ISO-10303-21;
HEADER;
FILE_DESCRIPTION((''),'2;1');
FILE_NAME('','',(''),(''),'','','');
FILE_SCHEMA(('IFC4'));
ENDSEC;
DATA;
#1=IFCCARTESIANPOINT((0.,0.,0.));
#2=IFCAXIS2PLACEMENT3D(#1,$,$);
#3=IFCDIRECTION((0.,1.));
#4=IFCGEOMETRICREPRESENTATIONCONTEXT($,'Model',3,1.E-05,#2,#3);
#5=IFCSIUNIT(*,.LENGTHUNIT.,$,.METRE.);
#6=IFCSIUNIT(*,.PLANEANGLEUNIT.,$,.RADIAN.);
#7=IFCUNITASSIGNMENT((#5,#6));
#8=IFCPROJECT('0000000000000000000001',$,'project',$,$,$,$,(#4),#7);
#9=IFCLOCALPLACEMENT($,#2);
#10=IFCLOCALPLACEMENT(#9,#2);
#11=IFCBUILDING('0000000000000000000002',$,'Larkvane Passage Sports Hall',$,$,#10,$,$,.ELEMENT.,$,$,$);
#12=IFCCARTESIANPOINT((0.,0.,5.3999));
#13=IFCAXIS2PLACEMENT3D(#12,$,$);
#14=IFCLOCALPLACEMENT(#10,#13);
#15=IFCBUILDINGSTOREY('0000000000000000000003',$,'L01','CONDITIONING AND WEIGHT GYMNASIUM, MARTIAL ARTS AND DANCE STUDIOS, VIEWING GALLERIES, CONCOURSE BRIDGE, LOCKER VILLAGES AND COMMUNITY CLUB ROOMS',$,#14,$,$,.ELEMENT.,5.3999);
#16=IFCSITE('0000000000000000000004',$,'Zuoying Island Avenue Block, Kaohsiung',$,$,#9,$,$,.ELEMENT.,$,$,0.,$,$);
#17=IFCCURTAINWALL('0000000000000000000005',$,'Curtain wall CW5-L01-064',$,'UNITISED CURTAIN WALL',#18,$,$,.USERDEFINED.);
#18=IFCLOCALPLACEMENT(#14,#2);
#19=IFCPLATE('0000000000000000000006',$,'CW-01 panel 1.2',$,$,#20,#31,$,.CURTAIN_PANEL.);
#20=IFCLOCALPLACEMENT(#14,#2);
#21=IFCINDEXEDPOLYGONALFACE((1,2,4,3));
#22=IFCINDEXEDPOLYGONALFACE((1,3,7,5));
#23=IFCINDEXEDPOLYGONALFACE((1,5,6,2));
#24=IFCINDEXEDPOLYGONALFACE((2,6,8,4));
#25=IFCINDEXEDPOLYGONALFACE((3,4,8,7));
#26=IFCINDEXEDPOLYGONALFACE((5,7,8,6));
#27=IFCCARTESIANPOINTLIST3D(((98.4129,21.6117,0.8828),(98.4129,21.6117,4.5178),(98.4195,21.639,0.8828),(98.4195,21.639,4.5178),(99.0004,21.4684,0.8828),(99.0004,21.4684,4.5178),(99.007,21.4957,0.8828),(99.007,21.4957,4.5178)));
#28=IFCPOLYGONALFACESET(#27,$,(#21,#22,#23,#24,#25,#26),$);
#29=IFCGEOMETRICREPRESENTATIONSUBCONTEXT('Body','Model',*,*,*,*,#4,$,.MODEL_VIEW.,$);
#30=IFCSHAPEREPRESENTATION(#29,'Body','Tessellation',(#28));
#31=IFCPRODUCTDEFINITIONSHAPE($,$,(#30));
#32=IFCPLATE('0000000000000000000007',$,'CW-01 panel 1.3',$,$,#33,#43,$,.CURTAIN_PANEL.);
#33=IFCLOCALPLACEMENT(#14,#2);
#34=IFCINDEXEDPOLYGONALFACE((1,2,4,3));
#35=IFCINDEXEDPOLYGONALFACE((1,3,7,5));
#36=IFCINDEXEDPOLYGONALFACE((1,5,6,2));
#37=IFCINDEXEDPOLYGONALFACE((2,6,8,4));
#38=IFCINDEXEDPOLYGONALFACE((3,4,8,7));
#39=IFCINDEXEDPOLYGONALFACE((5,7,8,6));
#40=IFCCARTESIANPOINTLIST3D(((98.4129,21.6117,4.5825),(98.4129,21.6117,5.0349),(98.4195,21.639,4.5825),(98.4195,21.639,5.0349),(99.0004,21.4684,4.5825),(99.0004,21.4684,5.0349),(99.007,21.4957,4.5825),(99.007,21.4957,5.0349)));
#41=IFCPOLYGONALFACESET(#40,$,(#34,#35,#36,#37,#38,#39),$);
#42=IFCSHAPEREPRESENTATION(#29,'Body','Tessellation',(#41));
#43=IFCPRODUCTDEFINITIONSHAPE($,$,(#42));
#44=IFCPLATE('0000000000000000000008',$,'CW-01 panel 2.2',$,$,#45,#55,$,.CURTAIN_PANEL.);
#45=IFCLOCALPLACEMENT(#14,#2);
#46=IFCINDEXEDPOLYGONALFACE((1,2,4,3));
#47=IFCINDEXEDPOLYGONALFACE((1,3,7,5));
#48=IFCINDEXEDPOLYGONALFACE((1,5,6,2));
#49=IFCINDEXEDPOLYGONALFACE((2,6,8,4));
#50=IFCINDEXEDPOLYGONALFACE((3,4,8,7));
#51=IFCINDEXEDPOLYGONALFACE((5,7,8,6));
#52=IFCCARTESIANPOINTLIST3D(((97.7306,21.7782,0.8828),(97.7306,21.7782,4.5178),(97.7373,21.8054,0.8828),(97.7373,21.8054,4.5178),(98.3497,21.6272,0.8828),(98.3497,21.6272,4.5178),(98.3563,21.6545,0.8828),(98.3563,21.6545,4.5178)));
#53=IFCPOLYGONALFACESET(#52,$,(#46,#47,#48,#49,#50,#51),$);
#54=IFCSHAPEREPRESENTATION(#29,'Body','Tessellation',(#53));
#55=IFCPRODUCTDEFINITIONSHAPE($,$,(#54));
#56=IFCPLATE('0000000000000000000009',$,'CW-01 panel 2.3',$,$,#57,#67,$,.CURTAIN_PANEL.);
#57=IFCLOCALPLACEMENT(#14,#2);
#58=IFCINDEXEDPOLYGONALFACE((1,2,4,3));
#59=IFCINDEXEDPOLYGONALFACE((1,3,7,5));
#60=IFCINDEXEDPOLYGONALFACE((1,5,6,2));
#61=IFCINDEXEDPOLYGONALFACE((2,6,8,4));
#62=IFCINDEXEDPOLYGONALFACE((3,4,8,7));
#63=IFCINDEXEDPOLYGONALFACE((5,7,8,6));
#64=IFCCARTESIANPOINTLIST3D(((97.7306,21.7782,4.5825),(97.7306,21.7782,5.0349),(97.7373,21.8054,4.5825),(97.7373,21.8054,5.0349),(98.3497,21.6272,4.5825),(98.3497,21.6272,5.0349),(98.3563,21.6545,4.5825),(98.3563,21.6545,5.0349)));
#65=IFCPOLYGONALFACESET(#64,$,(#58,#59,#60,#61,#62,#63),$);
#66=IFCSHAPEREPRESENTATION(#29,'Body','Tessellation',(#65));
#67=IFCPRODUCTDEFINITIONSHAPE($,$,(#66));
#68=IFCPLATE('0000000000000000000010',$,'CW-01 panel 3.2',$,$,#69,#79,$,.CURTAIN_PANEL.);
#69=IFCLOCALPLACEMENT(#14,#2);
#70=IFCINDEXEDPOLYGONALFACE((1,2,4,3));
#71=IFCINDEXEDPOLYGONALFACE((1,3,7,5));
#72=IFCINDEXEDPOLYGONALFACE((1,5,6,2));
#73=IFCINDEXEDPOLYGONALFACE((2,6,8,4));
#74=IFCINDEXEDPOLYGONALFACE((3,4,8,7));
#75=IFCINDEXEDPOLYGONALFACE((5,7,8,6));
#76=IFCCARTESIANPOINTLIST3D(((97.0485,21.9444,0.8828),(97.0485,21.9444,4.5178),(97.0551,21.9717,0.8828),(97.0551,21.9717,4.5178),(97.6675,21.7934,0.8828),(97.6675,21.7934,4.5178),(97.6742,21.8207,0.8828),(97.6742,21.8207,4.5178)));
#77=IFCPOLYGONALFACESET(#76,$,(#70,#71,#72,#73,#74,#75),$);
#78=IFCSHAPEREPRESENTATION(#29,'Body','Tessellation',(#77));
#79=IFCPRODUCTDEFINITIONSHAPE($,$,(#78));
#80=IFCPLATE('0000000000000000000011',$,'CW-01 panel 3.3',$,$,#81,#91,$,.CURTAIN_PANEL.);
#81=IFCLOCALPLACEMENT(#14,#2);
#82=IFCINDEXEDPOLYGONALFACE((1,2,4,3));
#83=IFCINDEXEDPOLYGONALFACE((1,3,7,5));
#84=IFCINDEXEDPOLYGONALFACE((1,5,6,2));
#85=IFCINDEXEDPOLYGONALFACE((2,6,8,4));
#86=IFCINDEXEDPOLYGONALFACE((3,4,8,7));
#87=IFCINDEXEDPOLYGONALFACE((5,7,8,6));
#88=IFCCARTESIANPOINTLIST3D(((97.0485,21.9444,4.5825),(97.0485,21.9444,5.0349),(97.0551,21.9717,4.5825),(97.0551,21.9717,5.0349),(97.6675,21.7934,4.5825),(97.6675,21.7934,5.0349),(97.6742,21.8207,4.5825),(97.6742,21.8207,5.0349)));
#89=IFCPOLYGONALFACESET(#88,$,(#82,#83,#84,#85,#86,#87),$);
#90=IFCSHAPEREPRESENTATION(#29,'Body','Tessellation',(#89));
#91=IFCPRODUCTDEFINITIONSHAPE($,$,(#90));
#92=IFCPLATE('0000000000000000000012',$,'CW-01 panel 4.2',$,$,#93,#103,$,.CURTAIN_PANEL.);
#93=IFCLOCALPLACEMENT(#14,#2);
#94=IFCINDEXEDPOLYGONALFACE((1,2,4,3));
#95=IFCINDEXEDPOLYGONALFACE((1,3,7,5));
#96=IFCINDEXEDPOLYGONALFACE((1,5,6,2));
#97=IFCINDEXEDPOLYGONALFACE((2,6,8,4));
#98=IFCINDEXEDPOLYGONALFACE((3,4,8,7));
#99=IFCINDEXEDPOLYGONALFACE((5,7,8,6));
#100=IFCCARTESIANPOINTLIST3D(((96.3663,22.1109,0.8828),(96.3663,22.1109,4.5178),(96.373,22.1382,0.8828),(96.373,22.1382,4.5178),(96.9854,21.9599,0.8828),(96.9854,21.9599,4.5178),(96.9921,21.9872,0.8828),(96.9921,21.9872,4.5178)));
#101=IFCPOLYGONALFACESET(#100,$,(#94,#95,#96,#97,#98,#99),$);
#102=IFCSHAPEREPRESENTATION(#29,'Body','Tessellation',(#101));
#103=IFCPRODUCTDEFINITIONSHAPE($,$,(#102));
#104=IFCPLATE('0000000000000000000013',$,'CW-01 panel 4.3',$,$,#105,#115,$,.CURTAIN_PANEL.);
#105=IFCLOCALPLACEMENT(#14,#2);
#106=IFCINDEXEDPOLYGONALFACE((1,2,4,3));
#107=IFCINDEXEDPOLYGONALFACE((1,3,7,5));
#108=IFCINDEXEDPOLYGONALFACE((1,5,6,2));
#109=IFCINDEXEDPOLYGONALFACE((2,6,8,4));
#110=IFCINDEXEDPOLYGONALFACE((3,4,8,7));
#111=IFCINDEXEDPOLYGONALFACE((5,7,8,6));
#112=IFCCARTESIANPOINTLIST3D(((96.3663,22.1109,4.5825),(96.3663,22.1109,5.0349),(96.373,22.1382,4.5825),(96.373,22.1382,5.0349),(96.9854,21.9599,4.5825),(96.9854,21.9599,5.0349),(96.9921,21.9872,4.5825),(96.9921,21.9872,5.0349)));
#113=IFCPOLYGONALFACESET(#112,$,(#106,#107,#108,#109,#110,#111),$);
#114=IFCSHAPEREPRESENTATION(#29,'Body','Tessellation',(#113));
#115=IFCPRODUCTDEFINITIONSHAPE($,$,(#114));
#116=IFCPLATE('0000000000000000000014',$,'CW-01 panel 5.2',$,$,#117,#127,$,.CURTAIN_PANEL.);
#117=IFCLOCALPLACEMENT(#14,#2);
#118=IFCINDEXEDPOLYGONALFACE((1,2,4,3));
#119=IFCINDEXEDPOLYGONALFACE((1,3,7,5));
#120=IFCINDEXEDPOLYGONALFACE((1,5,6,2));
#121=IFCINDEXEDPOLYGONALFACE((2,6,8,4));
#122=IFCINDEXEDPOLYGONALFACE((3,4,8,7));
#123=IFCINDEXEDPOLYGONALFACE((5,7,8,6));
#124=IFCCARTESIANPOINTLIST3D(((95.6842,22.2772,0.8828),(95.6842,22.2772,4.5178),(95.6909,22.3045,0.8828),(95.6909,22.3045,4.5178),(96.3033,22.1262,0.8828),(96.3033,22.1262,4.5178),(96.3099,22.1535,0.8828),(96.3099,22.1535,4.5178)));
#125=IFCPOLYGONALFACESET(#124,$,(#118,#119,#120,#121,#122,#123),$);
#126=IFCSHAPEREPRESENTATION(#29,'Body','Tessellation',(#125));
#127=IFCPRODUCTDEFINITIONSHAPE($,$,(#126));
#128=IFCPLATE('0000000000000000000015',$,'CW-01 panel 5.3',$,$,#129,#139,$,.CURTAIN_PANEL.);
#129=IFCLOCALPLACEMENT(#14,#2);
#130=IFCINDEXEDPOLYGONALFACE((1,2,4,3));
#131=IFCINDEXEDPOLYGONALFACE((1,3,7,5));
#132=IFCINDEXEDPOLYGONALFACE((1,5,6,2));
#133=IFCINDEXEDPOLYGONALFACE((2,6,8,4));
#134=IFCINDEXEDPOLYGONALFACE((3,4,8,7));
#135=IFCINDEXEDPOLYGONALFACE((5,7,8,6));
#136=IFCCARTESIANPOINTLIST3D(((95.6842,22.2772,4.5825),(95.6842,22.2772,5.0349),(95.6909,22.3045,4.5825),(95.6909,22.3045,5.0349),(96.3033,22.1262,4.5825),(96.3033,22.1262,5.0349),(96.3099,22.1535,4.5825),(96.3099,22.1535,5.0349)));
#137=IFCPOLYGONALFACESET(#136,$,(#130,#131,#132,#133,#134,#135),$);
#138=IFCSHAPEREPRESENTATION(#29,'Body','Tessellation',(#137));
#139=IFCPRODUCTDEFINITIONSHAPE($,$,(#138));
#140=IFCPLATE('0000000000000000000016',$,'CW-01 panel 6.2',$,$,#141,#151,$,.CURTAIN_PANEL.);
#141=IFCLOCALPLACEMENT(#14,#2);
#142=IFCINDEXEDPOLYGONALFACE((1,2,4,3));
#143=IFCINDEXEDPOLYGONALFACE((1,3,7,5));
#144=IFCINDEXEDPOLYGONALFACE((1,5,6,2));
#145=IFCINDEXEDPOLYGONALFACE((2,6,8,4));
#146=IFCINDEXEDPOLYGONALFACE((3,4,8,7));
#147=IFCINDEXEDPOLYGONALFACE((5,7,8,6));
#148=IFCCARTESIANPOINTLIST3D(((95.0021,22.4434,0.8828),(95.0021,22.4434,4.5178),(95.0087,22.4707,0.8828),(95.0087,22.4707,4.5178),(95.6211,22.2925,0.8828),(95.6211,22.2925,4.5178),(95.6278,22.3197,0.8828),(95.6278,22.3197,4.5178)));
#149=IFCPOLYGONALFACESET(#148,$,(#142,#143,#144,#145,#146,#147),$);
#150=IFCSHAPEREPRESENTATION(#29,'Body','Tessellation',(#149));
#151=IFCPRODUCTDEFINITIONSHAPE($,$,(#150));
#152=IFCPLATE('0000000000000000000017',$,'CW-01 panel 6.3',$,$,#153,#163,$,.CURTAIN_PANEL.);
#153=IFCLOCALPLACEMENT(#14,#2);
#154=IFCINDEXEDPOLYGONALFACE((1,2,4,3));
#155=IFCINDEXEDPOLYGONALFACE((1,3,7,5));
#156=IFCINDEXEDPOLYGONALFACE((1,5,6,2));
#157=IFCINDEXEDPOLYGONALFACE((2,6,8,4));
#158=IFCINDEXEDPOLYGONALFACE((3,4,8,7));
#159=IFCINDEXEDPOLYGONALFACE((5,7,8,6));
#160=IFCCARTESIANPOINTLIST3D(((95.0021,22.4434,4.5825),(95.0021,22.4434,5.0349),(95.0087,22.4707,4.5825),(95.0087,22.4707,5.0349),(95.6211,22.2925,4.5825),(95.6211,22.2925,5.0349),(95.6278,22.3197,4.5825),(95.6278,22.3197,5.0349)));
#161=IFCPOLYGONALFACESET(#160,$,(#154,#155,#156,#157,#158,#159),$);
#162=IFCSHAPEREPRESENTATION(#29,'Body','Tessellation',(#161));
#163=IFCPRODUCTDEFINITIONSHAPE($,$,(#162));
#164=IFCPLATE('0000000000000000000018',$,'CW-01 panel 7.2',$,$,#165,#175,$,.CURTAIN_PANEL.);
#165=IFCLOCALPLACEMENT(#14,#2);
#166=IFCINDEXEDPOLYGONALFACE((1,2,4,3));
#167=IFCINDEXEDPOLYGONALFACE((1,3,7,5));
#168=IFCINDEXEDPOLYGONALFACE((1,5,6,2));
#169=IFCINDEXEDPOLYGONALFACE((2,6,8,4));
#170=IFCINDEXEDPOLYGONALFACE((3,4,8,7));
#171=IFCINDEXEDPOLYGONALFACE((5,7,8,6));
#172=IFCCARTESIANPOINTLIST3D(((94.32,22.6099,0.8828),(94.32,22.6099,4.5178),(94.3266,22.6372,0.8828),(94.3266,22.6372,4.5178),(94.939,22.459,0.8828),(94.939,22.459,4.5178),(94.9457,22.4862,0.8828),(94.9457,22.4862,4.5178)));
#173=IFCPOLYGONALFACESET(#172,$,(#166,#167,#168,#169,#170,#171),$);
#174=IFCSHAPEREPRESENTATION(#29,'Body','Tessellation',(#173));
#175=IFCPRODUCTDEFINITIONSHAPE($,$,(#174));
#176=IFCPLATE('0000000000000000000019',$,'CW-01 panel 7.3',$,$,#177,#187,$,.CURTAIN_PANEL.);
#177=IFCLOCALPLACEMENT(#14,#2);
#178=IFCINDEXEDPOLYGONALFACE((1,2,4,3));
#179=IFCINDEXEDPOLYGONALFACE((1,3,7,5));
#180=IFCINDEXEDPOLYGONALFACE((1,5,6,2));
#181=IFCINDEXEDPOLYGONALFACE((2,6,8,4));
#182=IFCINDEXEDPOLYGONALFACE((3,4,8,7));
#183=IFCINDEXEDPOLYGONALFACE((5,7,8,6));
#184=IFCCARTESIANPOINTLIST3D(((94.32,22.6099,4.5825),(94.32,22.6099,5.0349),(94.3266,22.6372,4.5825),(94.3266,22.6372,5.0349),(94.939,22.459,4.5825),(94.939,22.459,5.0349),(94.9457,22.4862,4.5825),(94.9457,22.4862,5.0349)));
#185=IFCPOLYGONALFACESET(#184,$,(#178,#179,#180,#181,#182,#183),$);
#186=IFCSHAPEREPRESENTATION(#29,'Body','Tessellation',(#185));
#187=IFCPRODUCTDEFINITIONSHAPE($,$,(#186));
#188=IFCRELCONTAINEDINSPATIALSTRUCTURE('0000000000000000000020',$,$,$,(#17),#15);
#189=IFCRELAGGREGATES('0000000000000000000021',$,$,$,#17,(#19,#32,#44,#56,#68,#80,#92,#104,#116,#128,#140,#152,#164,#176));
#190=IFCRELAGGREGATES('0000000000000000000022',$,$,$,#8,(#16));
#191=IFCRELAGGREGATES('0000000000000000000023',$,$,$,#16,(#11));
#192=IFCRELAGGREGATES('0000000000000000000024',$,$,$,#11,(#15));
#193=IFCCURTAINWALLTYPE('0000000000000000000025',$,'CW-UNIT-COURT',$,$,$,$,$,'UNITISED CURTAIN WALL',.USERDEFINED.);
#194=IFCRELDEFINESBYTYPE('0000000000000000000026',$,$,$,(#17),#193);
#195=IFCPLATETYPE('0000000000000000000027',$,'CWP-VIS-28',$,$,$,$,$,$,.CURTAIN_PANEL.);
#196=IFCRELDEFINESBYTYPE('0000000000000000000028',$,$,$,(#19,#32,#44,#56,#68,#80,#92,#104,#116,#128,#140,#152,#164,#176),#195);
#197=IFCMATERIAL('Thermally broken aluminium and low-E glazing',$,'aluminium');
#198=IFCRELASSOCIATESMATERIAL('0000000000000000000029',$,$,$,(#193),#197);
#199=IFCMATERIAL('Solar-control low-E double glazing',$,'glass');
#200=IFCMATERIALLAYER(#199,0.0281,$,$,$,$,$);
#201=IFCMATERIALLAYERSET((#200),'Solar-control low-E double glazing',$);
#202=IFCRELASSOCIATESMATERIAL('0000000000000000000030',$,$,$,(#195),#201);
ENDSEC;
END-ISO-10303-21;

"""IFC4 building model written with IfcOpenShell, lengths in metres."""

from ifc_helpers import new_model, si_unit, direction, frame, origin, origin_2d, place, context, subcontext, project, spatial, rectangle, extrude, material, layer, layer_set, type_object, element, aggregate, save


model = new_model("IFC4")

# Units and contexts
model_context = context("Model", 3, precision=1e-05, world=origin(), true_north=direction((0.0, 1.0)))
body_context = subcontext(model_context, "Body", "Model", "MODEL_VIEW")
ifc_project = project(units=[si_unit("LENGTHUNIT", "METRE"), si_unit("PLANEANGLEUNIT", "RADIAN")], contexts=[model_context])

# Site, building, storey
site_placement = place(None, origin())
site = spatial("IfcSite", under=ifc_project, at=site_placement, Name="Zuoying Island Avenue Block, Kaohsiung", CompositionType="ELEMENT", RefElevation=0.0)
building_placement = place(site_placement, origin())
building = spatial("IfcBuilding", under=site, at=building_placement, Name="Larkvane Passage Sports Hall", CompositionType="ELEMENT")
storey_placement = place(building_placement, frame((0.0, 0.0, 5.3999)))
storey = spatial("IfcBuildingStorey", under=building, at=storey_placement, Name="L01", Description="CONDITIONING AND WEIGHT GYMNASIUM, MARTIAL ARTS AND DANCE STUDIOS, VIEWING GALLERIES, CONCOURSE BRIDGE, LOCKER VILLAGES AND COMMUNITY CLUB ROOMS", CompositionType="ELEMENT", Elevation=5.3999)

# Curtain wall, plates
ifc_material_1 = material(Name="Thermally broken aluminium and low-E glazing", Category="aluminium")
curtain_wall_type = type_object("IfcCurtainWallType", Name="CW-UNIT-COURT", ElementType="UNITISED CURTAIN WALL", PredefinedType="USERDEFINED", material=ifc_material_1)
curtain_wall_placement = place(storey_placement, origin())
curtain_wall = element("IfcCurtainWall", 1, at=curtain_wall_placement, inside=storey, type_object=curtain_wall_type, Name="Curtain wall CW5-L01-064", ObjectType="UNITISED CURTAIN WALL", PredefinedType="USERDEFINED")
ifc_material_2 = material(Name="Solar-control low-E double glazing", Category="glass")
ifc_layer = layer(ifc_material_2, 0.0281)
ifc_layer_set = layer_set([ifc_layer], Name="Solar-control low-E double glazing")
plate_type = type_object("IfcPlateType", Name="CWP-VIS-28", PredefinedType="CURTAIN_PANEL", material=ifc_layer_set)
plate_1_placement = place(storey_placement, frame((98.71, 21.5537, 0.8828), z_axis=(0.0, 0.0, 1.0), x_axis=(-0.971523, 0.236943, 0.0)))
plate_1 = element("IfcPlate", 2, at=plate_1_placement, type_object=plate_type, Name="CW-01 panel 1.2", PredefinedType="CURTAIN_PANEL", context=body_context, shape_type="SweptSolid", body=[
    extrude(rectangle(XDim=0.6047, YDim=0.0281, at=origin_2d()), origin(), (0.0, 0.0, 1.0), 3.635),
])
plate_2_placement = place(storey_placement, frame((98.71, 21.5537, 4.5825), z_axis=(0.0, 0.0, 1.0), x_axis=(-0.971523, 0.236943, 0.0)))
plate_2 = element("IfcPlate", 3, at=plate_2_placement, type_object=plate_type, Name="CW-01 panel 1.3", PredefinedType="CURTAIN_PANEL", context=body_context, shape_type="SweptSolid", body=[
    extrude(rectangle(XDim=0.6047, YDim=0.0281, at=origin_2d()), origin(), (0.0, 0.0, 1.0), 0.4524),
])
plate_3_placement = place(storey_placement, frame((98.0435, 21.7163, 0.8828), z_axis=(0.0, 0.0, 1.0), x_axis=(-0.971523, 0.236943, 0.0)))
plate_3 = element("IfcPlate", 4, at=plate_3_placement, type_object=plate_type, Name="CW-01 panel 2.2", PredefinedType="CURTAIN_PANEL", context=body_context, shape_type="SweptSolid", body=[
    extrude(rectangle(XDim=0.6372, YDim=0.0281, at=origin_2d()), origin(), (0.0, 0.0, 1.0), 3.635),
])
plate_4_placement = place(storey_placement, frame((98.0435, 21.7163, 4.5825), z_axis=(0.0, 0.0, 1.0), x_axis=(-0.971523, 0.236943, 0.0)))
plate_4 = element("IfcPlate", 5, at=plate_4_placement, type_object=plate_type, Name="CW-01 panel 2.3", PredefinedType="CURTAIN_PANEL", context=body_context, shape_type="SweptSolid", body=[
    extrude(rectangle(XDim=0.6372, YDim=0.0281, at=origin_2d()), origin(), (0.0, 0.0, 1.0), 0.4524),
])
plate_5_placement = place(storey_placement, frame((97.3613, 21.8826, 0.8828), z_axis=(0.0, 0.0, 1.0), x_axis=(-0.971523, 0.236943, 0.0)))
plate_5 = element("IfcPlate", 6, at=plate_5_placement, type_object=plate_type, Name="CW-01 panel 3.2", PredefinedType="CURTAIN_PANEL", context=body_context, shape_type="SweptSolid", body=[
    extrude(rectangle(XDim=0.6372, YDim=0.0281, at=origin_2d()), origin(), (0.0, 0.0, 1.0), 3.635),
])
plate_6_placement = place(storey_placement, frame((97.3613, 21.8826, 4.5825), z_axis=(0.0, 0.0, 1.0), x_axis=(-0.971523, 0.236943, 0.0)))
plate_6 = element("IfcPlate", 7, at=plate_6_placement, type_object=plate_type, Name="CW-01 panel 3.3", PredefinedType="CURTAIN_PANEL", context=body_context, shape_type="SweptSolid", body=[
    extrude(rectangle(XDim=0.6372, YDim=0.0281, at=origin_2d()), origin(), (0.0, 0.0, 1.0), 0.4524),
])
plate_7_placement = place(storey_placement, frame((96.6792, 22.0491, 0.8828), z_axis=(0.0, 0.0, 1.0), x_axis=(-0.971523, 0.236943, 0.0)))
plate_7 = element("IfcPlate", 8, at=plate_7_placement, type_object=plate_type, Name="CW-01 panel 4.2", PredefinedType="CURTAIN_PANEL", context=body_context, shape_type="SweptSolid", body=[
    extrude(rectangle(XDim=0.6372, YDim=0.0281, at=origin_2d()), origin(), (0.0, 0.0, 1.0), 3.635),
])
plate_8_placement = place(storey_placement, frame((96.6792, 22.0491, 4.5825), z_axis=(0.0, 0.0, 1.0), x_axis=(-0.971523, 0.236943, 0.0)))
plate_8 = element("IfcPlate", 9, at=plate_8_placement, type_object=plate_type, Name="CW-01 panel 4.3", PredefinedType="CURTAIN_PANEL", context=body_context, shape_type="SweptSolid", body=[
    extrude(rectangle(XDim=0.6372, YDim=0.0281, at=origin_2d()), origin(), (0.0, 0.0, 1.0), 0.4524),
])
plate_9_placement = place(storey_placement, frame((95.9971, 22.2153, 0.8828), z_axis=(0.0, 0.0, 1.0), x_axis=(-0.971523, 0.236943, 0.0)))
plate_9 = element("IfcPlate", 10, at=plate_9_placement, type_object=plate_type, Name="CW-01 panel 5.2", PredefinedType="CURTAIN_PANEL", context=body_context, shape_type="SweptSolid", body=[
    extrude(rectangle(XDim=0.6372, YDim=0.0281, at=origin_2d()), origin(), (0.0, 0.0, 1.0), 3.635),
])
plate_10_placement = place(storey_placement, frame((95.9971, 22.2153, 4.5825), z_axis=(0.0, 0.0, 1.0), x_axis=(-0.971523, 0.236943, 0.0)))
plate_10 = element("IfcPlate", 11, at=plate_10_placement, type_object=plate_type, Name="CW-01 panel 5.3", PredefinedType="CURTAIN_PANEL", context=body_context, shape_type="SweptSolid", body=[
    extrude(rectangle(XDim=0.6372, YDim=0.0281, at=origin_2d()), origin(), (0.0, 0.0, 1.0), 0.4524),
])
plate_11_placement = place(storey_placement, frame((95.3149, 22.3816, 0.8828), z_axis=(0.0, 0.0, 1.0), x_axis=(-0.971523, 0.236943, 0.0)))
plate_11 = element("IfcPlate", 12, at=plate_11_placement, type_object=plate_type, Name="CW-01 panel 6.2", PredefinedType="CURTAIN_PANEL", context=body_context, shape_type="SweptSolid", body=[
    extrude(rectangle(XDim=0.6372, YDim=0.0281, at=origin_2d()), origin(), (0.0, 0.0, 1.0), 3.635),
])
plate_12_placement = place(storey_placement, frame((95.3149, 22.3816, 4.5825), z_axis=(0.0, 0.0, 1.0), x_axis=(-0.971523, 0.236943, 0.0)))
plate_12 = element("IfcPlate", 13, at=plate_12_placement, type_object=plate_type, Name="CW-01 panel 6.3", PredefinedType="CURTAIN_PANEL", context=body_context, shape_type="SweptSolid", body=[
    extrude(rectangle(XDim=0.6372, YDim=0.0281, at=origin_2d()), origin(), (0.0, 0.0, 1.0), 0.4524),
])
plate_13_placement = place(storey_placement, frame((94.6328, 22.5481, 0.8828), z_axis=(0.0, 0.0, 1.0), x_axis=(-0.971523, 0.236943, 0.0)))
plate_13 = element("IfcPlate", 14, at=plate_13_placement, type_object=plate_type, Name="CW-01 panel 7.2", PredefinedType="CURTAIN_PANEL", context=body_context, shape_type="SweptSolid", body=[
    extrude(rectangle(XDim=0.6372, YDim=0.0281, at=origin_2d()), origin(), (0.0, 0.0, 1.0), 3.635),
])
plate_14_placement = place(storey_placement, frame((94.6328, 22.5481, 4.5825), z_axis=(0.0, 0.0, 1.0), x_axis=(-0.971523, 0.236943, 0.0)))
plate_14 = element("IfcPlate", 15, at=plate_14_placement, type_object=plate_type, Name="CW-01 panel 7.3", PredefinedType="CURTAIN_PANEL", context=body_context, shape_type="SweptSolid", body=[
    extrude(rectangle(XDim=0.6372, YDim=0.0281, at=origin_2d()), origin(), (0.0, 0.0, 1.0), 0.4524),
])
aggregate(curtain_wall, [plate_1, plate_2, plate_3, plate_4, plate_5, plate_6, plate_7, plate_8, plate_9, plate_10, plate_11, plate_12, plate_13, plate_14])

save(model, "model.ifc")
